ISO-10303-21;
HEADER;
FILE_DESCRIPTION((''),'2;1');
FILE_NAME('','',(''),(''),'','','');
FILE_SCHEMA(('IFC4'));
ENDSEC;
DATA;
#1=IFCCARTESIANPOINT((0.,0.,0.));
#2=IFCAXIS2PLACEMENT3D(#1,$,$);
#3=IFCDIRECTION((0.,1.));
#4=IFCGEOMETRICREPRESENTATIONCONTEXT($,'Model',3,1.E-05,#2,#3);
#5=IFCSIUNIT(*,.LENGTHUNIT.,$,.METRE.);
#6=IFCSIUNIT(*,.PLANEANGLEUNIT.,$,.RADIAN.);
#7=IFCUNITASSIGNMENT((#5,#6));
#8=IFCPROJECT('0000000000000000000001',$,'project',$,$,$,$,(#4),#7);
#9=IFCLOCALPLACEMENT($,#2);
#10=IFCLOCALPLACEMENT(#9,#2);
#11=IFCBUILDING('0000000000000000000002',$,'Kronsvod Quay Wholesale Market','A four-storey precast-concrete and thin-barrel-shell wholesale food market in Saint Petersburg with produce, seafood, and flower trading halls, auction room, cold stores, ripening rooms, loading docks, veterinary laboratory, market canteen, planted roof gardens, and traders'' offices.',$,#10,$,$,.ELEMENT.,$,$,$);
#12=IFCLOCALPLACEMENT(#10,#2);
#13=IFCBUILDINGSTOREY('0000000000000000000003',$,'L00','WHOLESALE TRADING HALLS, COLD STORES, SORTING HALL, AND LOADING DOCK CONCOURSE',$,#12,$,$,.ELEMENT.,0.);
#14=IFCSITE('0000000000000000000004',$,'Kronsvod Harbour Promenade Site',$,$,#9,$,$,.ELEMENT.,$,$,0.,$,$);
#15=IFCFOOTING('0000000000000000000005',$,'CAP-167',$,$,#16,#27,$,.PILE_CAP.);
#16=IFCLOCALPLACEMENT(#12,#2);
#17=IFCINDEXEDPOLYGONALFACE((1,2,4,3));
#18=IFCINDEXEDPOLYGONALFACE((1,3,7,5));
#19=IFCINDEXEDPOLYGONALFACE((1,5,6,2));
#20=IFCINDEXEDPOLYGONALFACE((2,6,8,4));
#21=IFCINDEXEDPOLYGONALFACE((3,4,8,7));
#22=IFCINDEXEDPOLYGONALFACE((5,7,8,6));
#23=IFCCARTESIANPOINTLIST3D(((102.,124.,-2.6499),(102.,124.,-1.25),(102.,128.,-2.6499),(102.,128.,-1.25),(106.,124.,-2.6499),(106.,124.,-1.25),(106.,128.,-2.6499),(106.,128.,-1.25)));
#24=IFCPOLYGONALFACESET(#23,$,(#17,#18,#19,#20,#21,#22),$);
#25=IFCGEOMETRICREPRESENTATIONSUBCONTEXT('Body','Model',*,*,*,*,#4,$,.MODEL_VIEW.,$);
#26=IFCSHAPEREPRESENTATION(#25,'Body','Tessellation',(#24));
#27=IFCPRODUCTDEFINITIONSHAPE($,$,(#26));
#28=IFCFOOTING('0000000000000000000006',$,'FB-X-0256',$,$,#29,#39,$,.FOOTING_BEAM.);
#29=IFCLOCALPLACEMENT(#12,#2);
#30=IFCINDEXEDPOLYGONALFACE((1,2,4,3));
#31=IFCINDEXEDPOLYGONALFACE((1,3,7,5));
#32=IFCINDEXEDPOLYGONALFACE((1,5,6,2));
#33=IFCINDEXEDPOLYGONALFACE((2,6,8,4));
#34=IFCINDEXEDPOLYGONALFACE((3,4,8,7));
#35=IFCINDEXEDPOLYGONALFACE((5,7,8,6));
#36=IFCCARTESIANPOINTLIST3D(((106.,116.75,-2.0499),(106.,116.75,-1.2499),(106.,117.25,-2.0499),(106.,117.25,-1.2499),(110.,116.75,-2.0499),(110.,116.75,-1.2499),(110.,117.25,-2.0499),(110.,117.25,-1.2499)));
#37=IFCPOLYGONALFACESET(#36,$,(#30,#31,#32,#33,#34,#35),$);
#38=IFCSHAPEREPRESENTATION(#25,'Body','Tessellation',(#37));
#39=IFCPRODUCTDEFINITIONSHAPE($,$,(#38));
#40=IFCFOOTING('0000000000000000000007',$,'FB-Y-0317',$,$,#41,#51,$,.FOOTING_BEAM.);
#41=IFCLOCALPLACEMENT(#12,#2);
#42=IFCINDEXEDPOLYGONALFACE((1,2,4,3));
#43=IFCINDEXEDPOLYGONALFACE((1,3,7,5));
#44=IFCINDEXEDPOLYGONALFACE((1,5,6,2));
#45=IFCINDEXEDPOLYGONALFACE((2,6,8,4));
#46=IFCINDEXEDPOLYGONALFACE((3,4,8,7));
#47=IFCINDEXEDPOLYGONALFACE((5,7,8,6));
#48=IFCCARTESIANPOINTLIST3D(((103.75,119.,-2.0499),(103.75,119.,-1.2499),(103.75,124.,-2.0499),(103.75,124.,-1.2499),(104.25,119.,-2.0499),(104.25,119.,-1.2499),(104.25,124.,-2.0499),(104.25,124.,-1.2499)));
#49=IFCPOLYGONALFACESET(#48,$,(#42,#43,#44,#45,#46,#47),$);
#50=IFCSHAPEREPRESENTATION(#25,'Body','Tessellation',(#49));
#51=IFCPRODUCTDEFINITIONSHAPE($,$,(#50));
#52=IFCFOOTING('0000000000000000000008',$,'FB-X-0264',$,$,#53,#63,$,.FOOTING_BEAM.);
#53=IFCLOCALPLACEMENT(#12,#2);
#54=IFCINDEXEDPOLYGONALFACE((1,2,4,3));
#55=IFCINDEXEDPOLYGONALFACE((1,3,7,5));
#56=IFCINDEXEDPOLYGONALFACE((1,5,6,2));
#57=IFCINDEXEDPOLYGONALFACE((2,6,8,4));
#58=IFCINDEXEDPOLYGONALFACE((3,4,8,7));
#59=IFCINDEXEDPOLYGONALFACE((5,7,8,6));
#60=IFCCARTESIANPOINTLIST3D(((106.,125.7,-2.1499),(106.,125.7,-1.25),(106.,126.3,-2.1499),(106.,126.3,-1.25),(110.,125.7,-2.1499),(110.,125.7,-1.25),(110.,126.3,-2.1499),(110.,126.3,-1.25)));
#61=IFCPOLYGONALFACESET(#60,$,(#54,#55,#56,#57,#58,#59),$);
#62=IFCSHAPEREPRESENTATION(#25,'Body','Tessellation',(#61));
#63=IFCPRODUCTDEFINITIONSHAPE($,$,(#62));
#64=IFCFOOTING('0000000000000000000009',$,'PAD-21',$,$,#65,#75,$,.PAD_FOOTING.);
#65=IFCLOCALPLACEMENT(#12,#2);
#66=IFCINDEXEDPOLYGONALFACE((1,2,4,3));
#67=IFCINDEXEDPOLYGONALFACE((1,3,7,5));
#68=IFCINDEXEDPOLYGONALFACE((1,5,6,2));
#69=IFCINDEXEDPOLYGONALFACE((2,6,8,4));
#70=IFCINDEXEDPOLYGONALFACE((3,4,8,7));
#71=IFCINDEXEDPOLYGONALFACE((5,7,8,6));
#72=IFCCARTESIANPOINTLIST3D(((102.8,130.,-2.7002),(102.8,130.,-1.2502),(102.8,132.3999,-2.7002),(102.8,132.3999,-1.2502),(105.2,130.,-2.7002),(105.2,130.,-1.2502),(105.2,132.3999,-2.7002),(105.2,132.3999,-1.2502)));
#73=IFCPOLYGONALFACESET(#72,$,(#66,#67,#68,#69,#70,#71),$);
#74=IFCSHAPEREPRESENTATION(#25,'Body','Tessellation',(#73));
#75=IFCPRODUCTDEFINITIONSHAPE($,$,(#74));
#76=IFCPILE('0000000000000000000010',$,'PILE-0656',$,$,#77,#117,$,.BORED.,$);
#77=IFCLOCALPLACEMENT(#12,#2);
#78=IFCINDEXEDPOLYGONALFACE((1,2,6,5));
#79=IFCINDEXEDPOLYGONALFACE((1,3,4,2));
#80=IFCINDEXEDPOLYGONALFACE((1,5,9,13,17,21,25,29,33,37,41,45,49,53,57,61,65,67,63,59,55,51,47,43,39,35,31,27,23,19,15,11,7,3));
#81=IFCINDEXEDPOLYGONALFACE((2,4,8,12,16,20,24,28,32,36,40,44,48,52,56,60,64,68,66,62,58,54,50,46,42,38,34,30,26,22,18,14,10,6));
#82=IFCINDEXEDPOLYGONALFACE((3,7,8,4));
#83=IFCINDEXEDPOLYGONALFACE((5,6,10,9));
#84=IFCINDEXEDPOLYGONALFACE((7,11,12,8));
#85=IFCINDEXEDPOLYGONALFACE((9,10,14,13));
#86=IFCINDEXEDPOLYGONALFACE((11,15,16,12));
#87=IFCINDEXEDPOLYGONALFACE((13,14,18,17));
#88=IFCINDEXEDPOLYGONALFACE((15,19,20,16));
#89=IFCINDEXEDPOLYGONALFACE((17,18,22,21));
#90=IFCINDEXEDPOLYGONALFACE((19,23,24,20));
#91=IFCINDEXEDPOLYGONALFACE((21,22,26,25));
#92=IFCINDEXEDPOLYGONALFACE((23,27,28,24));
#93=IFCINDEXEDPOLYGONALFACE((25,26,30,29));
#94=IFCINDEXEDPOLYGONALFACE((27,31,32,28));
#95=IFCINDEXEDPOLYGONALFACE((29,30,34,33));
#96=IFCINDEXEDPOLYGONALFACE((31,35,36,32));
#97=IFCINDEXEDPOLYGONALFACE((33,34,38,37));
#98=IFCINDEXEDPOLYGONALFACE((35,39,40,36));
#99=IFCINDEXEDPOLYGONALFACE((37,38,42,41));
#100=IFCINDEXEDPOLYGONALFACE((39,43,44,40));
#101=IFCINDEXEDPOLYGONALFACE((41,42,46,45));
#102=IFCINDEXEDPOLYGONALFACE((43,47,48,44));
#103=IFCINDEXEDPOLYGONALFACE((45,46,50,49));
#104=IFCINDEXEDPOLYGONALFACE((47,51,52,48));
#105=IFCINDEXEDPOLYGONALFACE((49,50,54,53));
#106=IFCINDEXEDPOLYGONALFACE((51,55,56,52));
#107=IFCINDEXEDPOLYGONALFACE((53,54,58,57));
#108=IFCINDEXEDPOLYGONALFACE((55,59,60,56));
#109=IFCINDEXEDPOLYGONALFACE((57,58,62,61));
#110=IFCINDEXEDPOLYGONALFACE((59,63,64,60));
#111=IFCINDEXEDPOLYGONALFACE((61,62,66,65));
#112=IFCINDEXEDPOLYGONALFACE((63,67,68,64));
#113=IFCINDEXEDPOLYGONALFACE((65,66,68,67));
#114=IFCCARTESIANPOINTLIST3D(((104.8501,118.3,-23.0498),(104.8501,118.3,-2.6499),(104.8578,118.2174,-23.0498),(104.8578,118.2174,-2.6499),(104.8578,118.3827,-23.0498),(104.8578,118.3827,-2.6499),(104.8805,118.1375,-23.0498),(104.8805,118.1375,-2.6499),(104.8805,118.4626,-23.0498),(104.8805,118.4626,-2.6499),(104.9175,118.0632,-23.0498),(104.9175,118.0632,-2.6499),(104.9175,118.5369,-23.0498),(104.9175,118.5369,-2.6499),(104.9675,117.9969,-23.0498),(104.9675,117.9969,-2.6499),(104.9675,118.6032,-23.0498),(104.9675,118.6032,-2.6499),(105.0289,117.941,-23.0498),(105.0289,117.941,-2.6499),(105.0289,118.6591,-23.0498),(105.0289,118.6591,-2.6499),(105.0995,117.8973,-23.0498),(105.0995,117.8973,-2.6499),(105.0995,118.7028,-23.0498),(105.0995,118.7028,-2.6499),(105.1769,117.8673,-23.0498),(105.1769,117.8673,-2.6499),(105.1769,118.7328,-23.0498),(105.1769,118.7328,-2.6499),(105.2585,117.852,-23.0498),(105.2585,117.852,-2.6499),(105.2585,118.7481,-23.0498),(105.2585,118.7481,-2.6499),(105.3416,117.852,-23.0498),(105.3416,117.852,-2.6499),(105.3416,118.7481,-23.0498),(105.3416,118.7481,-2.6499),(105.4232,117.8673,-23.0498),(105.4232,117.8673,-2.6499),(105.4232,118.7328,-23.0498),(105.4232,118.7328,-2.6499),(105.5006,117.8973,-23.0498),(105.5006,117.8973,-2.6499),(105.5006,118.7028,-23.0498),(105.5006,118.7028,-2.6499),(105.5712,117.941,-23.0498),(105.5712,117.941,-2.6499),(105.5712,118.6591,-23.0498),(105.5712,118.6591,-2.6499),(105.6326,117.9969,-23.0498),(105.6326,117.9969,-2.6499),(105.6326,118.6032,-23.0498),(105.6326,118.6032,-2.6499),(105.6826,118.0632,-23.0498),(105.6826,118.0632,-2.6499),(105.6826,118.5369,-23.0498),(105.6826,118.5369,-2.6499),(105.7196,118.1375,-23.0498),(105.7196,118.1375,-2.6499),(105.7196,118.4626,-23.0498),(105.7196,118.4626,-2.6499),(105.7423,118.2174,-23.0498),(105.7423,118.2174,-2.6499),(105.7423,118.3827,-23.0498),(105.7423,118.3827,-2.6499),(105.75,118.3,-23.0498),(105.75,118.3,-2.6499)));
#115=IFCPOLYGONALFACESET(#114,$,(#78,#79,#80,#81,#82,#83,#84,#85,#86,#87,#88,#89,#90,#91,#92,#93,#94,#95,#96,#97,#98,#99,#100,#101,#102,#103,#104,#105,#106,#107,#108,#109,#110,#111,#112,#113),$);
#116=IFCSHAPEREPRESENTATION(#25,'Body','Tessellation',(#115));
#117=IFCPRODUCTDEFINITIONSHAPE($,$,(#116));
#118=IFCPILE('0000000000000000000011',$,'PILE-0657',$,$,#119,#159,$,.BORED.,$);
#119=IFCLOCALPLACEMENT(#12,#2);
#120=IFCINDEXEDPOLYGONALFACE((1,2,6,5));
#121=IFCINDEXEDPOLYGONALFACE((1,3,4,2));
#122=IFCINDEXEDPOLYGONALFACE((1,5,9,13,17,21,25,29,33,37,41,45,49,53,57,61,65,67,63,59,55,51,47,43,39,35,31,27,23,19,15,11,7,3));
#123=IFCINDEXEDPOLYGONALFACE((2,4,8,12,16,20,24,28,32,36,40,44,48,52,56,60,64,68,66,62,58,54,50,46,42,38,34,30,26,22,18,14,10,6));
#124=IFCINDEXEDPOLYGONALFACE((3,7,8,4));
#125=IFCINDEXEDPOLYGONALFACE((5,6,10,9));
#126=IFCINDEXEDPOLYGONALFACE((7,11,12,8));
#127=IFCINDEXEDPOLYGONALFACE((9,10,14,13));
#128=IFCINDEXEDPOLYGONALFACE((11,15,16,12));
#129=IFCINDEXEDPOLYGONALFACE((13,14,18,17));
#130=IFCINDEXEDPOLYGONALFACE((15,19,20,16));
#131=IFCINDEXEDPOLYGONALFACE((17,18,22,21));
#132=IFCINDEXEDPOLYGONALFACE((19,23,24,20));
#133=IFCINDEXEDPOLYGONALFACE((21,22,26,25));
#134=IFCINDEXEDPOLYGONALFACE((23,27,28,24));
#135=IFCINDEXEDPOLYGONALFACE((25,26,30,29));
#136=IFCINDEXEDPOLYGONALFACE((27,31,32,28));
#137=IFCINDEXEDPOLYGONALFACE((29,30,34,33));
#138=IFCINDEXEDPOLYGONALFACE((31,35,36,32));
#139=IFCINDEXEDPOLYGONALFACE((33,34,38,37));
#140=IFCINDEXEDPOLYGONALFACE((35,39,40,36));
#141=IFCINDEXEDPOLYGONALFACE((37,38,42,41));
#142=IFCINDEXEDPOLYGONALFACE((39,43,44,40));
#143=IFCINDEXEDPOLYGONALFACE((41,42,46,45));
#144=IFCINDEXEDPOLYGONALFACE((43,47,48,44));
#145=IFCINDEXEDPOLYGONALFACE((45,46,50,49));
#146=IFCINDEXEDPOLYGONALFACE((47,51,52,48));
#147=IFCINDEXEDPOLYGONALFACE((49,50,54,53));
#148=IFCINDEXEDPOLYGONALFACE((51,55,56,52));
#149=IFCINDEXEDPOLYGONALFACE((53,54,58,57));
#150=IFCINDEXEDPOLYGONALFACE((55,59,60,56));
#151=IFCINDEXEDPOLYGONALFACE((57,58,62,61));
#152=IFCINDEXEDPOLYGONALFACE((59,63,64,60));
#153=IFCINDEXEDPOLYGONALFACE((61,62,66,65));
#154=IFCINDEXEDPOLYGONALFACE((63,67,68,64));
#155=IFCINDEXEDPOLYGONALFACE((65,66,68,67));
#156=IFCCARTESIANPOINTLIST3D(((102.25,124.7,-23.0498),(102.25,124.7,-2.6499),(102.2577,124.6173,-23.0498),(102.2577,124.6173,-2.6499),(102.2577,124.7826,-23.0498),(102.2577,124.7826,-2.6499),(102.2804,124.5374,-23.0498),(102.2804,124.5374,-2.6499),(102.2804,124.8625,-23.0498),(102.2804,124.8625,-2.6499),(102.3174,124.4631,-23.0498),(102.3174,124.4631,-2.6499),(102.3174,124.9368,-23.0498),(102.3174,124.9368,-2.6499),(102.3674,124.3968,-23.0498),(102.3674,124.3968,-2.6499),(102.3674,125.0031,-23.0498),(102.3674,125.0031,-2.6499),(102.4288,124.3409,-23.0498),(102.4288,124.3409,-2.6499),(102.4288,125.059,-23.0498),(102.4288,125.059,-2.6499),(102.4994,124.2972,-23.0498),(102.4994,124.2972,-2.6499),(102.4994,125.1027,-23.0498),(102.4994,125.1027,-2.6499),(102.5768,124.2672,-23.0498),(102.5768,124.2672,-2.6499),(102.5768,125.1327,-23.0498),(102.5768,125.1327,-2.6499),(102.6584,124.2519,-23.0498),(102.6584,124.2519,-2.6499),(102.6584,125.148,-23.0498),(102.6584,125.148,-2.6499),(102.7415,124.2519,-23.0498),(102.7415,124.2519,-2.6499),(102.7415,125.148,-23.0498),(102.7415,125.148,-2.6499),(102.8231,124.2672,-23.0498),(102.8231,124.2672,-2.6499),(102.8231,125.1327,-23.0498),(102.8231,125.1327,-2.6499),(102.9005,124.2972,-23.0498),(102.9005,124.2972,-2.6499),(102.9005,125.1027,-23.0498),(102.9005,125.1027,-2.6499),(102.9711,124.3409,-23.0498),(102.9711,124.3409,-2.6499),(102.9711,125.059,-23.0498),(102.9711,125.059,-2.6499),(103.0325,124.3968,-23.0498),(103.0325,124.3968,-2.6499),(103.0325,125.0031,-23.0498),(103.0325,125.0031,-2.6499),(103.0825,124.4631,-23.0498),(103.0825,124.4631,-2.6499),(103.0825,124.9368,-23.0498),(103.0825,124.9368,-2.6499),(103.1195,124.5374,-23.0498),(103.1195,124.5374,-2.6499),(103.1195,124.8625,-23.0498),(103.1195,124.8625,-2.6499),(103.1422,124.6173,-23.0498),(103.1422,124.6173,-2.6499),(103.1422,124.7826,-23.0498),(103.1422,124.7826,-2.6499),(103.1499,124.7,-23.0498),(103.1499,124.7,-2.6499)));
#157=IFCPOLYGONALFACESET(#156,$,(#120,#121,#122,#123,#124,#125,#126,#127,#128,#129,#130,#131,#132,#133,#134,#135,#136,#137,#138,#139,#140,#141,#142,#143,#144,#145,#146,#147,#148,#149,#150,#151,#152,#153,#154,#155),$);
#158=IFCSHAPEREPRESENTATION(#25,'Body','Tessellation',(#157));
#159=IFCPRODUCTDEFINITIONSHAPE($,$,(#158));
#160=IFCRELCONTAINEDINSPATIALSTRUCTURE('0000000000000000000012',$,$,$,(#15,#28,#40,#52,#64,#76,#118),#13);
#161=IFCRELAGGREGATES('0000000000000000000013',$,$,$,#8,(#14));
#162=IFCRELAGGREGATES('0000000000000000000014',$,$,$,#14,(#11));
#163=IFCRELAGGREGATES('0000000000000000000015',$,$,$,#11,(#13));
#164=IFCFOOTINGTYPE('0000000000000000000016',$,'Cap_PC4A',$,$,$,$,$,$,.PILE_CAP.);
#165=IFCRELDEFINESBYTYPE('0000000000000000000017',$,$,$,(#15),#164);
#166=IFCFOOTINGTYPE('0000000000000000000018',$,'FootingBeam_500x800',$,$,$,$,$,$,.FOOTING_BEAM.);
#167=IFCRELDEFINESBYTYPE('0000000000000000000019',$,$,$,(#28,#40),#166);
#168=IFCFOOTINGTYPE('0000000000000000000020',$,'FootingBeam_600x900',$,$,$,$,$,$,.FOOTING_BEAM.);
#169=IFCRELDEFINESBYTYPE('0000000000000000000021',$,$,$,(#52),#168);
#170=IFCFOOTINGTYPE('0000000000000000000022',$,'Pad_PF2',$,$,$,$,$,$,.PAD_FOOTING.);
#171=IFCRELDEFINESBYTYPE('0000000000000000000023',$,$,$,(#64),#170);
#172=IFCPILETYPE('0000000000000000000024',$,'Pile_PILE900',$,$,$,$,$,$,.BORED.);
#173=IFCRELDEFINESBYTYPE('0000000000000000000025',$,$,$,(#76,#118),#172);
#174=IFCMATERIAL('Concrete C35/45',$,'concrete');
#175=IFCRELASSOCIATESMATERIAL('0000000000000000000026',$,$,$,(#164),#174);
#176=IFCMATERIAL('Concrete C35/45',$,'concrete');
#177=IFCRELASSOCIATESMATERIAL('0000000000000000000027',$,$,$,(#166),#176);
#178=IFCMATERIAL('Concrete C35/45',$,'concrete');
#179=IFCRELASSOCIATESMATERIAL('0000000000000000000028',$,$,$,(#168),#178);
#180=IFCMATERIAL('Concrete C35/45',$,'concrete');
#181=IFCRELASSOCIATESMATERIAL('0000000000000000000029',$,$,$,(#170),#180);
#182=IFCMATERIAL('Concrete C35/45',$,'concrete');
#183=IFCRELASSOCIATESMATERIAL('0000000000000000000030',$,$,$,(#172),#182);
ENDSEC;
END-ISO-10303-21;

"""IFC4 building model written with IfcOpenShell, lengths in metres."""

from ifc_helpers import new_model, si_unit, direction, frame, origin, origin_2d, place, context, subcontext, project, spatial, rectangle, circle, extrude, material, material_profile, profile_set, type_object, element, save


model = new_model("IFC4")

# Units and contexts
model_context = context("Model", 3, precision=1e-05, world=origin(), true_north=direction((0.0, 1.0)))
body_context = subcontext(model_context, "Body", "Model", "MODEL_VIEW")
ifc_project = project(units=[si_unit("LENGTHUNIT", "METRE"), si_unit("PLANEANGLEUNIT", "RADIAN")], contexts=[model_context])

# Site, building, storey
site_placement = place(None, origin())
site = spatial("IfcSite", under=ifc_project, at=site_placement, Name="Kronsvod Harbour Promenade Site", CompositionType="ELEMENT", RefElevation=0.0)
building_placement = place(site_placement, origin())
building = spatial("IfcBuilding", under=site, at=building_placement, Name="Kronsvod Quay Wholesale Market", Description="A four-storey precast-concrete and thin-barrel-shell wholesale food market in Saint Petersburg with produce, seafood, and flower trading halls, auction room, cold stores, ripening rooms, loading docks, veterinary laboratory, market canteen, planted roof gardens, and traders' offices.", CompositionType="ELEMENT")
storey_placement = place(building_placement, origin())
storey = spatial("IfcBuildingStorey", under=building, at=storey_placement, Name="L00", Description="WHOLESALE TRADING HALLS, COLD STORES, SORTING HALL, AND LOADING DOCK CONCOURSE", CompositionType="ELEMENT", Elevation=0.0)

# Footings
ifc_material_1 = material(Name="Concrete C35/45", Category="concrete")
footing_type_1 = type_object("IfcFootingType", Name="Cap_PC4A", PredefinedType="PILE_CAP", material=ifc_material_1)
footing_1_placement = place(storey_placement, frame((104.0, 126.0, -2.6499), z_axis=(0.0, 0.0, 1.0), x_axis=(1.0, 0.0, 0.0)))
element("IfcFooting", 1, at=footing_1_placement, inside=storey, type_object=footing_type_1, Name="CAP-167", PredefinedType="PILE_CAP", context=body_context, shape_type="SweptSolid", body=[
    extrude(rectangle(XDim=4.0, YDim=4.0, at=origin_2d()), origin(), (0.0, 0.0, 1.0), 1.3999),
])
ifc_material_2 = material(Name="Concrete C35/45", Category="concrete")
ifc_material_profile_1 = material_profile(ifc_material_2, rectangle(XDim=0.5, YDim=0.8, at=origin_2d()), Name="FB-01")
ifc_profile_set_1 = profile_set([ifc_material_profile_1], Name="Concrete C35/45")
footing_type_2 = type_object("IfcFootingType", Name="FootingBeam_500x800", PredefinedType="FOOTING_BEAM", material=ifc_profile_set_1)
footing_2_placement = place(storey_placement, frame((106.0, 117.0, -1.6499), z_axis=(1.0, 0.0, 0.0), x_axis=(0.0, 1.0, 0.0)))
element("IfcFooting", 2, at=footing_2_placement, inside=storey, type_object=footing_type_2, Name="FB-X-0256", PredefinedType="FOOTING_BEAM", context=body_context, shape_type="SweptSolid", body=[
    extrude(rectangle(XDim=0.5, YDim=0.8, at=origin_2d()), origin(), (0.0, 0.0, 1.0), 4.0),
])
footing_3_placement = place(storey_placement, frame((104.0, 119.0, -1.6499), z_axis=(0.0, 1.0, 0.0), x_axis=(-1.0, 0.0, 0.0)))
element("IfcFooting", 3, at=footing_3_placement, inside=storey, type_object=footing_type_2, Name="FB-Y-0317", PredefinedType="FOOTING_BEAM", context=body_context, shape_type="SweptSolid", body=[
    extrude(rectangle(XDim=0.5, YDim=0.8, at=origin_2d()), origin(), (0.0, 0.0, 1.0), 5.0),
])
ifc_material_3 = material(Name="Concrete C35/45", Category="concrete")
ifc_material_profile_2 = material_profile(ifc_material_3, rectangle(XDim=0.6001, YDim=0.8999, at=origin_2d()), Name="FB-02")
ifc_profile_set_2 = profile_set([ifc_material_profile_2], Name="Concrete C35/45")
footing_type_3 = type_object("IfcFootingType", Name="FootingBeam_600x900", PredefinedType="FOOTING_BEAM", material=ifc_profile_set_2)
footing_4_placement = place(storey_placement, frame((106.0, 126.0, -1.7), z_axis=(1.0, 0.0, 0.0), x_axis=(0.0, 1.0, 0.0)))
element("IfcFooting", 4, at=footing_4_placement, inside=storey, type_object=footing_type_3, Name="FB-X-0264", PredefinedType="FOOTING_BEAM", context=body_context, shape_type="SweptSolid", body=[
    extrude(rectangle(XDim=0.6001, YDim=0.8999, at=origin_2d()), origin(), (0.0, 0.0, 1.0), 4.0),
])
ifc_material_4 = material(Name="Concrete C35/45", Category="concrete")
footing_type_4 = type_object("IfcFootingType", Name="Pad_PF2", PredefinedType="PAD_FOOTING", material=ifc_material_4)
footing_5_placement = place(storey_placement, frame((104.0, 131.2, -2.7002), z_axis=(0.0, 0.0, 1.0), x_axis=(1.0, 0.0, 0.0)))
element("IfcFooting", 5, at=footing_5_placement, inside=storey, type_object=footing_type_4, Name="PAD-21", PredefinedType="PAD_FOOTING", context=body_context, shape_type="SweptSolid", body=[
    extrude(rectangle(XDim=2.3999, YDim=2.3999, at=origin_2d()), origin(), (0.0, 0.0, 1.0), 1.45),
])

# Piles
ifc_material_5 = material(Name="Concrete C35/45", Category="concrete")
ifc_material_profile_3 = material_profile(ifc_material_5, circle(Radius=0.45, at=origin_2d()), Name="PILE900")
ifc_profile_set_3 = profile_set([ifc_material_profile_3], Name="Concrete C35/45")
pile_type = type_object("IfcPileType", Name="Pile_PILE900", PredefinedType="BORED", material=ifc_profile_set_3)
for number, where, z_axis, x_axis, name in (
    (6, (105.3, 118.3, -2.6499), (0.0, 0.0, -1.0), (1.0, 0.0, 0.0), "PILE-0656"),
    (7, (102.7, 124.7, -2.6499), (0.0, 0.0, -1.0), (1.0, 0.0, 0.0), "PILE-0657"),
):
    element("IfcPile", number, at=place(storey_placement, frame(where, z_axis=z_axis, x_axis=x_axis)), inside=storey, type_object=pile_type, Name=name, PredefinedType="BORED", context=body_context, shape_type="SweptSolid", body=[
        extrude(circle(Radius=0.45, at=origin_2d()), origin(), (0.0, 0.0, 1.0), 20.3999),
    ])

save(model, "model.ifc")
